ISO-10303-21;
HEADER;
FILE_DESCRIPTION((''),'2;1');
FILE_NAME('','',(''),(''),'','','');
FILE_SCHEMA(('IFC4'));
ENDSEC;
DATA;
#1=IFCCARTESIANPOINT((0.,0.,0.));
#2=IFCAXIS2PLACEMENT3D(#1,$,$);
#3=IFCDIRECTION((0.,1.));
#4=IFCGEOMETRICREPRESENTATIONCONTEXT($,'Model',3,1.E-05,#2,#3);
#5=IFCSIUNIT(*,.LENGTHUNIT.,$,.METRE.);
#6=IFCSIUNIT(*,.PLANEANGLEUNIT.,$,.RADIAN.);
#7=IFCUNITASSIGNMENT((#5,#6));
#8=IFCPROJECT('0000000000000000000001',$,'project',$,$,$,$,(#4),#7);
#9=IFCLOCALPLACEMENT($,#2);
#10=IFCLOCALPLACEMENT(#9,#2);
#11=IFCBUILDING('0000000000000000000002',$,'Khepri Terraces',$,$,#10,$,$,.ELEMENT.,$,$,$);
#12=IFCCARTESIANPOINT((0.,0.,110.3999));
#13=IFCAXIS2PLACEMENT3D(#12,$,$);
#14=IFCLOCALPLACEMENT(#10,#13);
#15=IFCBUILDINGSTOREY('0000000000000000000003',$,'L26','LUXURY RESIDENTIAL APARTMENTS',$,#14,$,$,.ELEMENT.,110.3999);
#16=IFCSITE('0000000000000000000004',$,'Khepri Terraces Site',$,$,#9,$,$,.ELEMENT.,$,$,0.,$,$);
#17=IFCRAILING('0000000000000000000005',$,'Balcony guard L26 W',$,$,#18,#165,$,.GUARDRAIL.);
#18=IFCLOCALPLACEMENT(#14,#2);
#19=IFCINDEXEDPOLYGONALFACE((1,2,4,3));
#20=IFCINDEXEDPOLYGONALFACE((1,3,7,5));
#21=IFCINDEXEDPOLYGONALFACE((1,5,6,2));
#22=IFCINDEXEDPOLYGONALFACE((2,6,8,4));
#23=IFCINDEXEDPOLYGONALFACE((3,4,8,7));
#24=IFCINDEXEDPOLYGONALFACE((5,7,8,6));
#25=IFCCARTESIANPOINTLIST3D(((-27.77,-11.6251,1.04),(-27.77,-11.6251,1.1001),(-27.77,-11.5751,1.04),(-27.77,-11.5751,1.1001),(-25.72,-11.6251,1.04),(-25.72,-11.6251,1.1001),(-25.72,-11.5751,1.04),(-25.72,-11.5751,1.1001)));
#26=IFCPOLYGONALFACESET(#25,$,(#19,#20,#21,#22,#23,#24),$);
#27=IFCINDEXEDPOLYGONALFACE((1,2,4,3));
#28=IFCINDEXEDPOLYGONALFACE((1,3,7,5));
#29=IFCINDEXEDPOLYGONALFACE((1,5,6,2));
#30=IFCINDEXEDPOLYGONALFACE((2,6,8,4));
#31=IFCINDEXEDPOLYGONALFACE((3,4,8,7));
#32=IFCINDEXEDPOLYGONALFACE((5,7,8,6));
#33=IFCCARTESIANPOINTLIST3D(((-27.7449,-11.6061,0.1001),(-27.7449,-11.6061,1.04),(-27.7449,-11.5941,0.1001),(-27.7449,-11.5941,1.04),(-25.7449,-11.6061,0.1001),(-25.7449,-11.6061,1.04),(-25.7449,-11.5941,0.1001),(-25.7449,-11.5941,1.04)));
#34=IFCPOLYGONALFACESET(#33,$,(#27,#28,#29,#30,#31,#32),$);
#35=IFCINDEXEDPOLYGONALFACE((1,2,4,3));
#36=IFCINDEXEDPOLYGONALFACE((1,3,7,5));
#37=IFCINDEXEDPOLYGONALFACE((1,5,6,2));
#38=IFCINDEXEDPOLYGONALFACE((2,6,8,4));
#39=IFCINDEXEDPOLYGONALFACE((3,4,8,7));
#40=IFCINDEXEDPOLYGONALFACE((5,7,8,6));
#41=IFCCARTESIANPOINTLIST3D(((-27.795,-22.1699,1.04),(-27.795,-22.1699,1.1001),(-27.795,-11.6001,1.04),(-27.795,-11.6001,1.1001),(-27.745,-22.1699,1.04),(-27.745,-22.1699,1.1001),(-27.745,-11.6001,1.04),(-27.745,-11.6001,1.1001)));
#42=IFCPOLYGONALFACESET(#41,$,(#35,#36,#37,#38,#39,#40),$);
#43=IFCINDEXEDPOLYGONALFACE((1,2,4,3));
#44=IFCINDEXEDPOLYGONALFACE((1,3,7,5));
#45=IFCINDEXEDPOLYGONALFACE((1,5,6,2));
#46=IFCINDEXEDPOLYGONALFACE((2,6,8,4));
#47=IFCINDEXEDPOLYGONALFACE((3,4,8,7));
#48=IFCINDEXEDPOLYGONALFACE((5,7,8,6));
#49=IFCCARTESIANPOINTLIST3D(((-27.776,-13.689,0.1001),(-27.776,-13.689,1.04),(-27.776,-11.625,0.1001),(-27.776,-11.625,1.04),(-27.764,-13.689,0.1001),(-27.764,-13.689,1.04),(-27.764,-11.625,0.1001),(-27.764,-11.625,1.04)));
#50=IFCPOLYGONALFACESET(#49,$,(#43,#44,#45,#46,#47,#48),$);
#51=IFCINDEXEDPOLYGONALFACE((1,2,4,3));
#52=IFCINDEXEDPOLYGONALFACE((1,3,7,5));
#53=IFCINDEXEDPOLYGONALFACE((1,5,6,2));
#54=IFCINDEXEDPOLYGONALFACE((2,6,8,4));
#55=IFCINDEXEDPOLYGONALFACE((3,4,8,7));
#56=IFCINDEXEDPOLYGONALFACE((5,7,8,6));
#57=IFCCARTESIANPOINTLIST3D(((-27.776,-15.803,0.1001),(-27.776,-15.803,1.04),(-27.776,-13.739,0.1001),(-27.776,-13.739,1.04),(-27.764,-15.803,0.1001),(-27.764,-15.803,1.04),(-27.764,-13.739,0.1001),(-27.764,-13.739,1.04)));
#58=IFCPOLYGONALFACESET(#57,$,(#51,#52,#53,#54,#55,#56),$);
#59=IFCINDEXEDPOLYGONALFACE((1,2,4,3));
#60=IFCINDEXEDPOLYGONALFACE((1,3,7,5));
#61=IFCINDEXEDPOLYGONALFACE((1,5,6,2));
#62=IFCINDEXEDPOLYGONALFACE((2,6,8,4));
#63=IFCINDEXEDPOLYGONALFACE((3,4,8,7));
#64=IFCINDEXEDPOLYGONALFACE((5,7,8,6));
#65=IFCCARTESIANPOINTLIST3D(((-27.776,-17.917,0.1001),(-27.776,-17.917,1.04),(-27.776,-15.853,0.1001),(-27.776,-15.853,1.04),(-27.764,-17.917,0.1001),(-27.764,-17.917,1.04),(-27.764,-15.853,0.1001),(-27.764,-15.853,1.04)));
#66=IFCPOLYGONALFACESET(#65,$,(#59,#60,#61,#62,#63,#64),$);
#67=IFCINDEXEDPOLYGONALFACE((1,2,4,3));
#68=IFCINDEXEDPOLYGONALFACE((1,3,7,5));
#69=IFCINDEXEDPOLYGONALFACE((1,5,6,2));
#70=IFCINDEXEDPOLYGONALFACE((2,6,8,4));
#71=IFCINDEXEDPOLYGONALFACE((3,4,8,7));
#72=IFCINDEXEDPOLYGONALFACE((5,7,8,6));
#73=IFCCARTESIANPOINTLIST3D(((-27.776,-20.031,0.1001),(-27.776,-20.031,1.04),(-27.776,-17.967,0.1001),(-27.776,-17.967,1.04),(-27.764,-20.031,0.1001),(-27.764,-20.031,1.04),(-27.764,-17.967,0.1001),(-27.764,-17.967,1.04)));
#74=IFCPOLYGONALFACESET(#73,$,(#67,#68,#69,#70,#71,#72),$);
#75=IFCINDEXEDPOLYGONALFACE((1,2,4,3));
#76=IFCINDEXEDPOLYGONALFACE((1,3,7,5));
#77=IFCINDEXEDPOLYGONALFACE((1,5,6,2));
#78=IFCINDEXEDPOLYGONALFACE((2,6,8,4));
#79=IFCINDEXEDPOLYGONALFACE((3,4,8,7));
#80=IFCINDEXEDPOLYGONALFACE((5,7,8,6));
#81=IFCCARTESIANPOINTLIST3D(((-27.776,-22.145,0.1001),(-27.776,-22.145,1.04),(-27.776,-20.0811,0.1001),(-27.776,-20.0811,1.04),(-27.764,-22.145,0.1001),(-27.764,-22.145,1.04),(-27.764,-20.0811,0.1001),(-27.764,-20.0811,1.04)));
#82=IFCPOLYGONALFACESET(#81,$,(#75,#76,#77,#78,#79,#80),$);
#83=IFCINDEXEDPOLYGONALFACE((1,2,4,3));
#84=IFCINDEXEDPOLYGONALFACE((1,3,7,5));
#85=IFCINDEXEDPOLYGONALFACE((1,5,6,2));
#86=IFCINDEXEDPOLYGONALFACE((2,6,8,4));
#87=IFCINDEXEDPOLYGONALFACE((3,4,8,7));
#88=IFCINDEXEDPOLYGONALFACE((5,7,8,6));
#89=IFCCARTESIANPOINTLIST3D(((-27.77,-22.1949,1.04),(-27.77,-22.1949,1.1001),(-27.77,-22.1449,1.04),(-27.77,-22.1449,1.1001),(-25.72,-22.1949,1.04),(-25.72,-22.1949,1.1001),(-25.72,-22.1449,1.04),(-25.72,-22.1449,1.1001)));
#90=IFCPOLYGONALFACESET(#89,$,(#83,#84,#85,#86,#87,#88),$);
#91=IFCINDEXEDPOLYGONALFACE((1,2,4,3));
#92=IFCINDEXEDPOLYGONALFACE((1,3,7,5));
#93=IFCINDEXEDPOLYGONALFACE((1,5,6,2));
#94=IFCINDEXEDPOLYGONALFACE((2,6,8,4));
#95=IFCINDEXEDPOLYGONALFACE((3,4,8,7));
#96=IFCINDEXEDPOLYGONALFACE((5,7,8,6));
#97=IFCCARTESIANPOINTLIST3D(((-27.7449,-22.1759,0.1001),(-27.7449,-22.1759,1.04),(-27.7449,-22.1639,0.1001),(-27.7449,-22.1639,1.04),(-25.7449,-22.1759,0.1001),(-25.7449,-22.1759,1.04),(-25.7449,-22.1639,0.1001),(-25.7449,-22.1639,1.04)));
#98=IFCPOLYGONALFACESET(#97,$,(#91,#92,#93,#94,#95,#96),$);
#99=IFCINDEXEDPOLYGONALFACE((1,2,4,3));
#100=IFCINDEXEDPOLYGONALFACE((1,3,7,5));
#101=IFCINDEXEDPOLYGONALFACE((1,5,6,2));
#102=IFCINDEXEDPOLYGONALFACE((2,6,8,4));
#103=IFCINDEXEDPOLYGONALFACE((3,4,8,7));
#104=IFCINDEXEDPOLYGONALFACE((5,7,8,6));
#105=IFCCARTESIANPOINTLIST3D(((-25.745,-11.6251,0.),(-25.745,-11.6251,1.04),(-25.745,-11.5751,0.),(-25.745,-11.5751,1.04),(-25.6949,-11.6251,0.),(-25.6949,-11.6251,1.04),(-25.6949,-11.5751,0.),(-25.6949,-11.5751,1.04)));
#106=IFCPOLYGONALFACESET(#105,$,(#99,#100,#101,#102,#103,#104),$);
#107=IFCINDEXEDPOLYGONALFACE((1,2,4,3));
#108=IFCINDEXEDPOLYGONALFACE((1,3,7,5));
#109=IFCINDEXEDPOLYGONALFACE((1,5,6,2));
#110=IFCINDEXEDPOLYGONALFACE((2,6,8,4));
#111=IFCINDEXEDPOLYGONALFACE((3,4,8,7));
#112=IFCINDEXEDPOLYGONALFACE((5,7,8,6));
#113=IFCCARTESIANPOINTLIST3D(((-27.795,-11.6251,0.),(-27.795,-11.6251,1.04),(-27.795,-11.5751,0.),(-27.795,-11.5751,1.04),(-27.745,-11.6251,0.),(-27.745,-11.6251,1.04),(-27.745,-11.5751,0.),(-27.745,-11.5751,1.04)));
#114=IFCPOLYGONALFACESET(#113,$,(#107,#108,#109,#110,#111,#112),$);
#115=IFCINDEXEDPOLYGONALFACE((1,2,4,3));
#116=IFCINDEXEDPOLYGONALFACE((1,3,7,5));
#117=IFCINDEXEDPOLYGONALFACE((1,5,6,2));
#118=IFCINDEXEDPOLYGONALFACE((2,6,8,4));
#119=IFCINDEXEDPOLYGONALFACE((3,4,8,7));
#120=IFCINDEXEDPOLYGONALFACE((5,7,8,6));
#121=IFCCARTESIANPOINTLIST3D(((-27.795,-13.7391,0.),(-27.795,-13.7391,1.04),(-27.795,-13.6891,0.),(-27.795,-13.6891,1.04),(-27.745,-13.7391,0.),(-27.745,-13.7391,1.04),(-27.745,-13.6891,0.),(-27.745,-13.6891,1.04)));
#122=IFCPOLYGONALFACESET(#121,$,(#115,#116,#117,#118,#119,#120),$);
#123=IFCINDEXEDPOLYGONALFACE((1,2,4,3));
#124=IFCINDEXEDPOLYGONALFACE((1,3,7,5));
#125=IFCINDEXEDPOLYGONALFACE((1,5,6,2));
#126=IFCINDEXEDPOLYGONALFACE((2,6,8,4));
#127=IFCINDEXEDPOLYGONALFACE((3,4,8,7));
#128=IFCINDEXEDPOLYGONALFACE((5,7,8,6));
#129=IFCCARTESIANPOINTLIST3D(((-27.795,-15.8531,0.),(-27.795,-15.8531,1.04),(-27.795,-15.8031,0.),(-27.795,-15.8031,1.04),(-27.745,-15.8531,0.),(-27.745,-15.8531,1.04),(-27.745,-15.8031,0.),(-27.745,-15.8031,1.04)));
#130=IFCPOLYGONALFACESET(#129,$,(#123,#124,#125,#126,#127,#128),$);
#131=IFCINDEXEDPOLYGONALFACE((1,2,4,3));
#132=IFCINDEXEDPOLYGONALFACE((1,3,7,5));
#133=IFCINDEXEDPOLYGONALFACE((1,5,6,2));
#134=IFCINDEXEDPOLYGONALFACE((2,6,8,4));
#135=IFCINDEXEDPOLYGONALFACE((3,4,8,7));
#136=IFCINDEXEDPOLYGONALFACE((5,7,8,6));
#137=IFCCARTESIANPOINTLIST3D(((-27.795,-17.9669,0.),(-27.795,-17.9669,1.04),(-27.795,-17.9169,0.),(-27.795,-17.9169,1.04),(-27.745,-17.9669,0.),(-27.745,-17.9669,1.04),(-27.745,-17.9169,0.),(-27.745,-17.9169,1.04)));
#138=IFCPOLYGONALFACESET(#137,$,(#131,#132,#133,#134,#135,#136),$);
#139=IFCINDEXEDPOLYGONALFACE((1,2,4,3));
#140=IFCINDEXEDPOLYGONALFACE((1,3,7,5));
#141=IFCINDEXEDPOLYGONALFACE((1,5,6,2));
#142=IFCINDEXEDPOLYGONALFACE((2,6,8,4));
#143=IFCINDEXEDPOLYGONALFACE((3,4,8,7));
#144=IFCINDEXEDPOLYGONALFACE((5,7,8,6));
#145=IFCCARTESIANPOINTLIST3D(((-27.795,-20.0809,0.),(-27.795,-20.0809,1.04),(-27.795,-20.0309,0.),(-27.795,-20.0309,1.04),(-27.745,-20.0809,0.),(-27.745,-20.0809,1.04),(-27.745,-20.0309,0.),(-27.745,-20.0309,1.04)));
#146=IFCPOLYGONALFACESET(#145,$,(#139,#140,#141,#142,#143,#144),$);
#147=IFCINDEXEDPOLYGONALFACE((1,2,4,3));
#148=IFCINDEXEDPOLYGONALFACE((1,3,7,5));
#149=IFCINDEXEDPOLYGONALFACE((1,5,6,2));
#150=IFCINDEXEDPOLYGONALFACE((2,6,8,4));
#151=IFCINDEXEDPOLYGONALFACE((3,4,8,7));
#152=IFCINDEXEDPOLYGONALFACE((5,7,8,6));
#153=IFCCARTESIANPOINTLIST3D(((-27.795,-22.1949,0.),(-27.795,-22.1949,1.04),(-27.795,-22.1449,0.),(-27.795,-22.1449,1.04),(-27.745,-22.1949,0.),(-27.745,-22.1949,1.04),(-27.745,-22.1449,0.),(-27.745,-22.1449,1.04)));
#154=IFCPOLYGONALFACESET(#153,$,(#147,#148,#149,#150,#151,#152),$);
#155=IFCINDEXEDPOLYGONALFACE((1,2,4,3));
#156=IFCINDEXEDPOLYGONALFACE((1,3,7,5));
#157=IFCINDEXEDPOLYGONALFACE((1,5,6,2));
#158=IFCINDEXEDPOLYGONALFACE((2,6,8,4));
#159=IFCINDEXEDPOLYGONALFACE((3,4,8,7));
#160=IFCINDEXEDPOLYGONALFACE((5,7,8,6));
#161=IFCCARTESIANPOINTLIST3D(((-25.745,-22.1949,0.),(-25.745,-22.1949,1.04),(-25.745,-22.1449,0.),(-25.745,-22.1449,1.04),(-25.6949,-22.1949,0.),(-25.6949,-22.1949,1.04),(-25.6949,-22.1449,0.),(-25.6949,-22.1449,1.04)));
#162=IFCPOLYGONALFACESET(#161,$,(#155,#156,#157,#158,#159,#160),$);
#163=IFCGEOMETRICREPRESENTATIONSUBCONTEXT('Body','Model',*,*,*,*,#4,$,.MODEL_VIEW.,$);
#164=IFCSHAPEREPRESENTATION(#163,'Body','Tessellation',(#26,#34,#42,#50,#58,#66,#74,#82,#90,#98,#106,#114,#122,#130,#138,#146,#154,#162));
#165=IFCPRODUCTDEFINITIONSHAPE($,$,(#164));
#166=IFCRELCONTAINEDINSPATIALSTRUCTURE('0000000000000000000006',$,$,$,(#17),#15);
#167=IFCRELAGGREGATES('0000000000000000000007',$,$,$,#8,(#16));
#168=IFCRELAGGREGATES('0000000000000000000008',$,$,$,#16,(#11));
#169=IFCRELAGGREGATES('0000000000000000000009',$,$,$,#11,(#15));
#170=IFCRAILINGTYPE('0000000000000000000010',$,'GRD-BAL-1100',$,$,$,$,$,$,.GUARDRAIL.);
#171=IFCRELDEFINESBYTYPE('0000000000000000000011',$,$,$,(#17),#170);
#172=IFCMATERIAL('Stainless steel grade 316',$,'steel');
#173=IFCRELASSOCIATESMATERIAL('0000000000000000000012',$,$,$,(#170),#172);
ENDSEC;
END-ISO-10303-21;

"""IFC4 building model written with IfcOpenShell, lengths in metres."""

from ifc_helpers import new_model, si_unit, direction, frame, origin, origin_2d, place, context, subcontext, project, spatial, rectangle, extrude, material, type_object, element, save


model = new_model("IFC4")

# Units and contexts
model_context = context("Model", 3, precision=1e-05, world=origin(), true_north=direction((0.0, 1.0)))
body_context = subcontext(model_context, "Body", "Model", "MODEL_VIEW")
ifc_project = project(units=[si_unit("LENGTHUNIT", "METRE"), si_unit("PLANEANGLEUNIT", "RADIAN")], contexts=[model_context])

# Site, building, storey
site_placement = place(None, origin())
site = spatial("IfcSite", under=ifc_project, at=site_placement, Name="Khepri Terraces Site", CompositionType="ELEMENT", RefElevation=0.0)
building_placement = place(site_placement, origin())
building = spatial("IfcBuilding", under=site, at=building_placement, Name="Khepri Terraces", CompositionType="ELEMENT")
storey_placement = place(building_placement, frame((0.0, 0.0, 110.3999)))
storey = spatial("IfcBuildingStorey", under=building, at=storey_placement, Name="L26", Description="LUXURY RESIDENTIAL APARTMENTS", CompositionType="ELEMENT", Elevation=110.3999)

# Railing
ifc_material_1 = material(Name="Stainless steel grade 316", Category="steel")
railing_type = type_object("IfcRailingType", Name="GRD-BAL-1100", PredefinedType="GUARDRAIL", material=ifc_material_1)
railing_1_placement = place(storey_placement, frame((-25.72, -11.6001, 0.0)))
element("IfcRailing", 1, at=railing_1_placement, inside=storey, type_object=railing_type, Name="Balcony guard L26 W", PredefinedType="GUARDRAIL", context=body_context, shape_type="SweptSolid", body=[
    extrude(rectangle(XDim=0.05, YDim=0.0601, at=origin_2d()), frame((0.0, 0.0, 1.0701), z_axis=(-1.0, 0.0, 0.0), x_axis=(0.0, -1.0, 0.0)), (0.0, 0.0, 1.0), 2.05),
    extrude(rectangle(XDim=2.0, YDim=0.012, at=origin_2d()), frame((-1.0249, 0.0, 0.1001), z_axis=(0.0, 0.0, 1.0), x_axis=(-1.0, 0.0, 0.0)), (0.0, 0.0, 1.0), 0.9399),
    extrude(rectangle(XDim=0.05, YDim=0.0601, at=origin_2d()), frame((-2.05, 0.0, 1.0701), z_axis=(0.0, -1.0, 0.0), x_axis=(1.0, 0.0, 0.0)), (0.0, 0.0, 1.0), 10.5698),
    extrude(rectangle(XDim=2.064, YDim=0.012, at=origin_2d()), frame((-2.05, -1.0569, 0.1001), z_axis=(0.0, 0.0, 1.0), x_axis=(0.0, -1.0, 0.0)), (0.0, 0.0, 1.0), 0.9399),
    extrude(rectangle(XDim=2.064, YDim=0.012, at=origin_2d()), frame((-2.05, -3.1709, 0.1001), z_axis=(0.0, 0.0, 1.0), x_axis=(0.0, -1.0, 0.0)), (0.0, 0.0, 1.0), 0.9399),
    extrude(rectangle(XDim=2.064, YDim=0.012, at=origin_2d()), frame((-2.05, -5.2849, 0.1001), z_axis=(0.0, 0.0, 1.0), x_axis=(0.0, -1.0, 0.0)), (0.0, 0.0, 1.0), 0.9399),
    extrude(rectangle(XDim=2.064, YDim=0.012, at=origin_2d()), frame((-2.05, -7.3989, 0.1001), z_axis=(0.0, 0.0, 1.0), x_axis=(0.0, -1.0, 0.0)), (0.0, 0.0, 1.0), 0.9399),
    extrude(rectangle(XDim=2.064, YDim=0.012, at=origin_2d()), frame((-2.05, -9.5129, 0.1001), z_axis=(0.0, 0.0, 1.0), x_axis=(0.0, -1.0, 0.0)), (0.0, 0.0, 1.0), 0.9399),
    extrude(rectangle(XDim=0.05, YDim=0.0601, at=origin_2d()), frame((-2.05, -10.5698, 1.0701), z_axis=(1.0, 0.0, 0.0), x_axis=(0.0, 1.0, 0.0)), (0.0, 0.0, 1.0), 2.05),
    extrude(rectangle(XDim=2.0, YDim=0.012, at=origin_2d()), frame((-1.0249, -10.5698, 0.1001), z_axis=(0.0, 0.0, 1.0), x_axis=(1.0, 0.0, 0.0)), (0.0, 0.0, 1.0), 0.9399),
    extrude(rectangle(XDim=0.05, YDim=0.05, at=origin_2d()), origin(), (0.0, 0.0, 1.0), 1.04),
    extrude(rectangle(XDim=0.05, YDim=0.05, at=origin_2d()), frame((-2.05, 0.0, 0.0)), (0.0, 0.0, 1.0), 1.04),
    extrude(rectangle(XDim=0.05, YDim=0.05, at=origin_2d()), frame((-2.05, -2.114, 0.0)), (0.0, 0.0, 1.0), 1.04),
    extrude(rectangle(XDim=0.05, YDim=0.05, at=origin_2d()), frame((-2.05, -4.228, 0.0)), (0.0, 0.0, 1.0), 1.04),
    extrude(rectangle(XDim=0.05, YDim=0.05, at=origin_2d()), frame((-2.05, -6.3418, 0.0)), (0.0, 0.0, 1.0), 1.04),
    extrude(rectangle(XDim=0.05, YDim=0.05, at=origin_2d()), frame((-2.05, -8.4558, 0.0)), (0.0, 0.0, 1.0), 1.04),
    extrude(rectangle(XDim=0.05, YDim=0.05, at=origin_2d()), frame((-2.05, -10.5698, 0.0)), (0.0, 0.0, 1.0), 1.04),
    extrude(rectangle(XDim=0.05, YDim=0.05, at=origin_2d()), frame((0.0, -10.5698, 0.0)), (0.0, 0.0, 1.0), 1.04),
])

save(model, "model.ifc")
